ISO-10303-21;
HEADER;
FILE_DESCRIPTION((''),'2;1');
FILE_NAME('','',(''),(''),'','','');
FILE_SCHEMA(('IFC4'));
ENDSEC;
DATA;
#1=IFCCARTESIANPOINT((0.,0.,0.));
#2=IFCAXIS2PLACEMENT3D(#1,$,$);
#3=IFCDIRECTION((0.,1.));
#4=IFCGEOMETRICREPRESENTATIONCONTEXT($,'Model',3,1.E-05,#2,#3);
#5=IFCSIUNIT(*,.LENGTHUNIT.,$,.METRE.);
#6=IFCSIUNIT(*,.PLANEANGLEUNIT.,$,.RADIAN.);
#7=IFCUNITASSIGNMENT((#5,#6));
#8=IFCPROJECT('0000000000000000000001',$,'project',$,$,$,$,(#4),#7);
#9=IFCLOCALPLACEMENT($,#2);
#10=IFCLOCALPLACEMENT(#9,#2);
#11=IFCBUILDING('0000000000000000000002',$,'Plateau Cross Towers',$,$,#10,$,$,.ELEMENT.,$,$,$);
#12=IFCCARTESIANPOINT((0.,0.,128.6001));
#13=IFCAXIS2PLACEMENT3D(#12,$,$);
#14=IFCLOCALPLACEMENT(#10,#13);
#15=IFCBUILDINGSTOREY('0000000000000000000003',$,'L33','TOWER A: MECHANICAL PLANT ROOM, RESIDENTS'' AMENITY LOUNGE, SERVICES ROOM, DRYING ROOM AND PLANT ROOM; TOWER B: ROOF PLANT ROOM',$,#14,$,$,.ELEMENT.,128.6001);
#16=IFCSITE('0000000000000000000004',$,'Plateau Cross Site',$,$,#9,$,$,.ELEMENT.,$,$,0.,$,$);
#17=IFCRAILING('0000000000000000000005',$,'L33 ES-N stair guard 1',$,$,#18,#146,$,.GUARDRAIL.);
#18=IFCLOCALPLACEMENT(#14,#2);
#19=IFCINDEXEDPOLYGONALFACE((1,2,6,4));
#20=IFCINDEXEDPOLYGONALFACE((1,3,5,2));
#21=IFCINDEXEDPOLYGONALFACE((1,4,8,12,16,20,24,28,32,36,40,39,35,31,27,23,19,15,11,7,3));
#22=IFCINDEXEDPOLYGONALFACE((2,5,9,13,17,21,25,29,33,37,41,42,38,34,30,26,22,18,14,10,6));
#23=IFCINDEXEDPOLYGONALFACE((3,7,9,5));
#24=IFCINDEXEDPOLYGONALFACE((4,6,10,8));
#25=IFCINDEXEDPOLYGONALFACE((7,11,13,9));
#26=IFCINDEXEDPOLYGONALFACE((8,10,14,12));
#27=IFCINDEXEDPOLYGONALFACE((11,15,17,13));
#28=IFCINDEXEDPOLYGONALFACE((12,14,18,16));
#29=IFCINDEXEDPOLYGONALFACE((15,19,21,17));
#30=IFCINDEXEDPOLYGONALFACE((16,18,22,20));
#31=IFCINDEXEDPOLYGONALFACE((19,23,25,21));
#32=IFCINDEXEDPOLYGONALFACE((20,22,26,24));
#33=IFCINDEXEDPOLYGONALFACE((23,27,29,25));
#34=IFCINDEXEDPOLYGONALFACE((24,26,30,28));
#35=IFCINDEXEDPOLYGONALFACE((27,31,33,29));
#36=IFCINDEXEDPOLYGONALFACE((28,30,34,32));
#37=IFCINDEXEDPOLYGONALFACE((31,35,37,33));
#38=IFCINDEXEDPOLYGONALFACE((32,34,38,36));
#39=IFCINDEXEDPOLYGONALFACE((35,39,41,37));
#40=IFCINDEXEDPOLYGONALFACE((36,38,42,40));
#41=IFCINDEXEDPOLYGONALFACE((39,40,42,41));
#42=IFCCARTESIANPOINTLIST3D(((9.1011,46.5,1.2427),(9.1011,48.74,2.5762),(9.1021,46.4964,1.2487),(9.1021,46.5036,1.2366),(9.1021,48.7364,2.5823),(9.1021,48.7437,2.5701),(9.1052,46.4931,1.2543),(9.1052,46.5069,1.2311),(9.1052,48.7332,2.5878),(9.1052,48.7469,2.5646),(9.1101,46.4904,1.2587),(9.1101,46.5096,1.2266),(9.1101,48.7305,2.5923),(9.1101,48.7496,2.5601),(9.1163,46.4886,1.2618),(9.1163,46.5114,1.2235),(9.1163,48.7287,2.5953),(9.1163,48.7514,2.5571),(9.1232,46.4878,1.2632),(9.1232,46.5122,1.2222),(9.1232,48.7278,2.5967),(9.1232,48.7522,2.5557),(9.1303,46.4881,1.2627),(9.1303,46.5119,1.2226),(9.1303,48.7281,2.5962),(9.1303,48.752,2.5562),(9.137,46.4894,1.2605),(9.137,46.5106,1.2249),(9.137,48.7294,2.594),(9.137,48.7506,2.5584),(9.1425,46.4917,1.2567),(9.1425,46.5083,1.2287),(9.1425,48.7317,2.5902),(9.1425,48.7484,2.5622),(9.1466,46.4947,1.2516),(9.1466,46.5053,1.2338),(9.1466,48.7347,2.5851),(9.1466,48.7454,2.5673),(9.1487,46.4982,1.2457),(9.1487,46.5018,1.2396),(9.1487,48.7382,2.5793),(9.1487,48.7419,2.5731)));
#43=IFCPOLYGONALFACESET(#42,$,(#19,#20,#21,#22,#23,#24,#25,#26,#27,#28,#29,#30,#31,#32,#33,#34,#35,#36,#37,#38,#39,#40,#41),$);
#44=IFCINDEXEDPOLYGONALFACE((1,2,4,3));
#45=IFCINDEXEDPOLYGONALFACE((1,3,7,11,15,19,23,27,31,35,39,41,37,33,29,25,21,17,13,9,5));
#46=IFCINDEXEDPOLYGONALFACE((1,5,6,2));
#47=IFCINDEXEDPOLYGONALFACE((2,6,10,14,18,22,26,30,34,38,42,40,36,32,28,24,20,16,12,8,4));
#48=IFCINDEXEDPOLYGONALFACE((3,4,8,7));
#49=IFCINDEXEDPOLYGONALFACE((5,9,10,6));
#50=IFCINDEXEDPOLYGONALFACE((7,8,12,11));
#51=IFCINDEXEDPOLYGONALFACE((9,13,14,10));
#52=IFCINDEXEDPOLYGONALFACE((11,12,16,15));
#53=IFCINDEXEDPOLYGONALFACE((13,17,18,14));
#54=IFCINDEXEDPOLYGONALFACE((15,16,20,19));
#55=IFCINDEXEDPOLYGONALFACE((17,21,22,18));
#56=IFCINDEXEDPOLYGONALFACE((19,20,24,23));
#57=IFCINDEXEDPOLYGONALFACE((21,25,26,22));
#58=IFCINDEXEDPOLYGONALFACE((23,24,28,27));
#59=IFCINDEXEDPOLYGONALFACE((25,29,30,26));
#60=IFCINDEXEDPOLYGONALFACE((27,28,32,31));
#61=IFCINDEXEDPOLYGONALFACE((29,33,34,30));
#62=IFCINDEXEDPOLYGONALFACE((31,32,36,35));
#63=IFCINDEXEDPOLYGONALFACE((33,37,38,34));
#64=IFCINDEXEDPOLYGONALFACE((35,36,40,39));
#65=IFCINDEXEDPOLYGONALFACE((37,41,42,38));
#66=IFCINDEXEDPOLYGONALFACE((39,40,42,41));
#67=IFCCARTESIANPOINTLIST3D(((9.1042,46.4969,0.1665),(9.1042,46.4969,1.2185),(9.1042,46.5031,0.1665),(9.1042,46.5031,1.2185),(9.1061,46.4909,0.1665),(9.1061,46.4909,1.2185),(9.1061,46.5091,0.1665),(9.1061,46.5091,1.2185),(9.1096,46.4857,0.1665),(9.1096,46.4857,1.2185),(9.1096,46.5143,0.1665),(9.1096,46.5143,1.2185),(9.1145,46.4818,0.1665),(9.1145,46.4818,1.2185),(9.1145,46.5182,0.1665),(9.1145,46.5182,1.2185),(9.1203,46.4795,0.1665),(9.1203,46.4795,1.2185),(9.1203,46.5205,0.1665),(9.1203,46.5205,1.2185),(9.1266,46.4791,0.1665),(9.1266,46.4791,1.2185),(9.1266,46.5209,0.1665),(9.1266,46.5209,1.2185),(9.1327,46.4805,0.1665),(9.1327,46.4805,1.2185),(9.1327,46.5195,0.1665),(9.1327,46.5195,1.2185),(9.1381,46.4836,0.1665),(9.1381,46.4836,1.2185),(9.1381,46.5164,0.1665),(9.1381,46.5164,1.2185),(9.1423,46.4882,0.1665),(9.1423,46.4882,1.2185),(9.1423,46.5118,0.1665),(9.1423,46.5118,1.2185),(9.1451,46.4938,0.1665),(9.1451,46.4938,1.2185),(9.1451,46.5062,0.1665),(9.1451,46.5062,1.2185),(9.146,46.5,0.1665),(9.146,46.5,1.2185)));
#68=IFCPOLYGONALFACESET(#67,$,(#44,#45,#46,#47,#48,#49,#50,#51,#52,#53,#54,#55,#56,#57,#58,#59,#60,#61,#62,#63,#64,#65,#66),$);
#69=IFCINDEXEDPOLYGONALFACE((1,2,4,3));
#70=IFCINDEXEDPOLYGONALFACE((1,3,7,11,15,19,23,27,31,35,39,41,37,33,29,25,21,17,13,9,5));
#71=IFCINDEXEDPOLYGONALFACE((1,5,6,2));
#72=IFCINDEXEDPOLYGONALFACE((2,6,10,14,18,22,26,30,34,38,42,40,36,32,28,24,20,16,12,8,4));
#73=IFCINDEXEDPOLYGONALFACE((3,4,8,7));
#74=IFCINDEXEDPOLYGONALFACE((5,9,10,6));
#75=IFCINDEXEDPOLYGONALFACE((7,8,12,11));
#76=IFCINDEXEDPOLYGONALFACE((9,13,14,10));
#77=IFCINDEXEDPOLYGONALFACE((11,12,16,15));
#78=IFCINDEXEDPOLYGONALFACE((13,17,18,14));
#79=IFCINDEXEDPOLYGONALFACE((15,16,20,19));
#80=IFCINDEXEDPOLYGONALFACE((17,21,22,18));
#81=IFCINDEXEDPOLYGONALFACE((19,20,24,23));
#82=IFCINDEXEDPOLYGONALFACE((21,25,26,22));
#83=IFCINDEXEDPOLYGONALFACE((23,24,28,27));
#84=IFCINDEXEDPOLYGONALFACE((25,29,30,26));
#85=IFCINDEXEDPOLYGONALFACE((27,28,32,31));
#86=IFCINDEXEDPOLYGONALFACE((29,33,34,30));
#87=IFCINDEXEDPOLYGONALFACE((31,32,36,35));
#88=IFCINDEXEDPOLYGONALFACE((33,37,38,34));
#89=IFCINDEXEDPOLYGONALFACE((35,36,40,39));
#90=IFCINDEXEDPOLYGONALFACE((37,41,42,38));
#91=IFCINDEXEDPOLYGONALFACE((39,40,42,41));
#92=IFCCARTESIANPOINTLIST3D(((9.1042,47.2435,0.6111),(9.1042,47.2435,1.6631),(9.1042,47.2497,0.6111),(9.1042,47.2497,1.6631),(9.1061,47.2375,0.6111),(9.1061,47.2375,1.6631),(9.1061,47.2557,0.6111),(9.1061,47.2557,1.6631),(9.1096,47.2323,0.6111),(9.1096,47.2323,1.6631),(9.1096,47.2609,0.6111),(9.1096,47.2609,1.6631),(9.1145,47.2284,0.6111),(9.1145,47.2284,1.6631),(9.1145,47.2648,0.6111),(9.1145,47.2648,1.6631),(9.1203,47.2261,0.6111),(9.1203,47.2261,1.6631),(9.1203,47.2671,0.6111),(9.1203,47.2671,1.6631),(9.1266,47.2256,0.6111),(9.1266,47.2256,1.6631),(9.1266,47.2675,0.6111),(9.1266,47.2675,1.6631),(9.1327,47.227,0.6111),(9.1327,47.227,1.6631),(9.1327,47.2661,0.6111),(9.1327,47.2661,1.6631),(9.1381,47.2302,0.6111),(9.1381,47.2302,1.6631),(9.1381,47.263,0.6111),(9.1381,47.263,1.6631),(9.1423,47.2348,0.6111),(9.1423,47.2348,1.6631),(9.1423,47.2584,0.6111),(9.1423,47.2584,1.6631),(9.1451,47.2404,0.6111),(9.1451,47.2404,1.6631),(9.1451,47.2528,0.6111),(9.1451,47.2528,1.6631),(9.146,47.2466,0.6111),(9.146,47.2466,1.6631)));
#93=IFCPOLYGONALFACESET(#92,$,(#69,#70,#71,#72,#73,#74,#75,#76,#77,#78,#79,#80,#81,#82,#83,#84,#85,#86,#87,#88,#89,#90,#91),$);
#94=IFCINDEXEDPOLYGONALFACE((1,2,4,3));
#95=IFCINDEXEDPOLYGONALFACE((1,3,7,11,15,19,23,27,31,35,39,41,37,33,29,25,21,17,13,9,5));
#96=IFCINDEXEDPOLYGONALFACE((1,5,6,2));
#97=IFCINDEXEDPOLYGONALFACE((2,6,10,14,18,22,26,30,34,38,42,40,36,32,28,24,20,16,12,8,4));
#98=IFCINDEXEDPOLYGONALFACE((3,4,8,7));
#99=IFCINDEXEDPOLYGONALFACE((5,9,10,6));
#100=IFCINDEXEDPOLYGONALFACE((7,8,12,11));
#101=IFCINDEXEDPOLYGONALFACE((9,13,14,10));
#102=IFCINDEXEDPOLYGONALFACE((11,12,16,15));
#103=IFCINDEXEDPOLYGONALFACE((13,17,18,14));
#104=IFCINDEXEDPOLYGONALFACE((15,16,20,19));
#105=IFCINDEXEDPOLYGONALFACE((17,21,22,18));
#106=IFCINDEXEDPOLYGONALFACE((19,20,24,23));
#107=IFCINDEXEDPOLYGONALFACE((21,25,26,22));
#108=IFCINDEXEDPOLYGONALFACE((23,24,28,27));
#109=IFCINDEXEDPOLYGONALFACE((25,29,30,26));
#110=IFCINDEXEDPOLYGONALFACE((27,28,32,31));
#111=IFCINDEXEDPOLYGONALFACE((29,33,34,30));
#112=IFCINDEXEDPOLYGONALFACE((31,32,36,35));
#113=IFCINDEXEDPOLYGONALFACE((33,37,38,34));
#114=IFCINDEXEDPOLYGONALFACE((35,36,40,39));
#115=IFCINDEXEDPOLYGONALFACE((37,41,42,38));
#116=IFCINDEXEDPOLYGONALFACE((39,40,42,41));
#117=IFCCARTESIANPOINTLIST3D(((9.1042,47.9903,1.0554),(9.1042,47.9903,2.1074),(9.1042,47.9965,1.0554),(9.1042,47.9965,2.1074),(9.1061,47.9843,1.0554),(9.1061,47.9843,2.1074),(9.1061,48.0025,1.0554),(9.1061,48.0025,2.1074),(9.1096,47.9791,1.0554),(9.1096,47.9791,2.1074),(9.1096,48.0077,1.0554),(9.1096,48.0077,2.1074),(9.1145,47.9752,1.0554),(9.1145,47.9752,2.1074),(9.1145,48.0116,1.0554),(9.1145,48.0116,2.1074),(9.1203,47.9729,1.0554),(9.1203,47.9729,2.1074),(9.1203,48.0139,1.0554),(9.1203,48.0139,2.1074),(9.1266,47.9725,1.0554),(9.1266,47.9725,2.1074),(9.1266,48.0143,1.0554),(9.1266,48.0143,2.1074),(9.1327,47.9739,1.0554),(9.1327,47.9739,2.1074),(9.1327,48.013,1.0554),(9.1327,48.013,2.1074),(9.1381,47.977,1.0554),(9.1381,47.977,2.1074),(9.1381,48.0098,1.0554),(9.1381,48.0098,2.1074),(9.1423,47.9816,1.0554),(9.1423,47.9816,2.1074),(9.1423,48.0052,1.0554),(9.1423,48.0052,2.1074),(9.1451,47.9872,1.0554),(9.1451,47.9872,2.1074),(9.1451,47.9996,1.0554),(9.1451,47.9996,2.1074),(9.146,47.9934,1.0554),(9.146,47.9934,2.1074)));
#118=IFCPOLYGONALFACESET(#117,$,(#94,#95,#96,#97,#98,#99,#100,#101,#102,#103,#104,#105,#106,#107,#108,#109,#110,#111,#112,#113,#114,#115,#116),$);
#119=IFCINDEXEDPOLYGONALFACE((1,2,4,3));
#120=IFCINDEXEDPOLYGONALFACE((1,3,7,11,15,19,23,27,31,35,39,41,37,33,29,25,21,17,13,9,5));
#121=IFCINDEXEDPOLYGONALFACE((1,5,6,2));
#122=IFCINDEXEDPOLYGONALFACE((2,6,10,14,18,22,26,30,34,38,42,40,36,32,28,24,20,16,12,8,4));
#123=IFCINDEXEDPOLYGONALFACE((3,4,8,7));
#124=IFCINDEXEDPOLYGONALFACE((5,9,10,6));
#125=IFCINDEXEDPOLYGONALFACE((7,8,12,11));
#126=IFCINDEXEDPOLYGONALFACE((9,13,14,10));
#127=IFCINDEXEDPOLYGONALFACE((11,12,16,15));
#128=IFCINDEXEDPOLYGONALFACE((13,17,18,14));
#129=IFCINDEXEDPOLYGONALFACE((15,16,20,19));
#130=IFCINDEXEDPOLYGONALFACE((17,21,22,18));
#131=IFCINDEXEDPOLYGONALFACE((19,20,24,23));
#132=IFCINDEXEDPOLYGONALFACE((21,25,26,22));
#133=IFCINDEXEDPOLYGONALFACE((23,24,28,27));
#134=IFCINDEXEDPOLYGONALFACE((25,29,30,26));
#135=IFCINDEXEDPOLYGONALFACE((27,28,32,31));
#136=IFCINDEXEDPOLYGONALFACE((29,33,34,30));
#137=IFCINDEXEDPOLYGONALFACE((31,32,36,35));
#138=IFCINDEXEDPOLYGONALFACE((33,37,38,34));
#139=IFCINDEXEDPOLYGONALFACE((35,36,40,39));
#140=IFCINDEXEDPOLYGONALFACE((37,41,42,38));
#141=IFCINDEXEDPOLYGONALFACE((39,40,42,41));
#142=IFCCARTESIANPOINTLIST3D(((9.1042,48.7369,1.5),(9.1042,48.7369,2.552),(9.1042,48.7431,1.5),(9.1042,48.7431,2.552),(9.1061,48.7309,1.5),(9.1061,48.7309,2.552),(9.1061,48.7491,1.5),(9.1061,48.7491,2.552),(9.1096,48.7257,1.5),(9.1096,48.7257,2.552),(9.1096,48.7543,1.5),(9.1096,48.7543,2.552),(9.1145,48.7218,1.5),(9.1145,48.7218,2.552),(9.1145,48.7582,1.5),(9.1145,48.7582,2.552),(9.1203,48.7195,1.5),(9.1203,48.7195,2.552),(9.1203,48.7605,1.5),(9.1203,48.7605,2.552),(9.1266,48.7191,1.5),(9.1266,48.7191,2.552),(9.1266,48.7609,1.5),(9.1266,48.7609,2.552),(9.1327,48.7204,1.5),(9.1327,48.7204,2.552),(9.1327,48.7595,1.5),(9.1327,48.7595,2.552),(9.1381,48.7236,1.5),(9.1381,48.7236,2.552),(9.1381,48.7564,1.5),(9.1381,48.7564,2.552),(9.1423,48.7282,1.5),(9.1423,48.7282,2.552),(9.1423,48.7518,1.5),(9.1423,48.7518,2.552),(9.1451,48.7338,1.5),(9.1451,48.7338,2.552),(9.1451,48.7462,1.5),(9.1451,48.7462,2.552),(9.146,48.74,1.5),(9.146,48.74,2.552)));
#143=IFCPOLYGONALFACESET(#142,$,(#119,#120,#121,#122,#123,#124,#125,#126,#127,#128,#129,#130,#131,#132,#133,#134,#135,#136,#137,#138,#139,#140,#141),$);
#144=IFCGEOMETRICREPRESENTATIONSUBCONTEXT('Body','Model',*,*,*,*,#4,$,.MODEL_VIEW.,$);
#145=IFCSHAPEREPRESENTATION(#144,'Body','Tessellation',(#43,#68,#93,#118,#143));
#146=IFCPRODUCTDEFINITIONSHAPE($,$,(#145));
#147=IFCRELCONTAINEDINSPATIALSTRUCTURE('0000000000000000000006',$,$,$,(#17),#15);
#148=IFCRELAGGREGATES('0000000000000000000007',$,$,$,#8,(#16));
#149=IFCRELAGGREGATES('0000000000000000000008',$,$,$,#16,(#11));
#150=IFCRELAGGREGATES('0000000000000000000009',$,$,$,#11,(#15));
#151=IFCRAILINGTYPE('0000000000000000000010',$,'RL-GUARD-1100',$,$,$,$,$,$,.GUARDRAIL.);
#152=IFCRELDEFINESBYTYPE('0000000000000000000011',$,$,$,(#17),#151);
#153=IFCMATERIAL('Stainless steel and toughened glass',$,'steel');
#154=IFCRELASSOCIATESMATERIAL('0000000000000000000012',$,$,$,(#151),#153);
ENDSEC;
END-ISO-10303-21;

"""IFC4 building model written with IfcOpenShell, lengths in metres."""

from ifc_helpers import new_model, si_unit, direction, frame, origin, origin_2d, place, context, subcontext, project, spatial, circle, extrude, material, type_object, element, save


model = new_model("IFC4")

# Units and contexts
model_context = context("Model", 3, precision=1e-05, world=origin(), true_north=direction((0.0, 1.0)))
body_context = subcontext(model_context, "Body", "Model", "MODEL_VIEW")
ifc_project = project(units=[si_unit("LENGTHUNIT", "METRE"), si_unit("PLANEANGLEUNIT", "RADIAN")], contexts=[model_context])

# Site, building, storey
site_placement = place(None, origin())
site = spatial("IfcSite", under=ifc_project, at=site_placement, Name="Plateau Cross Site", CompositionType="ELEMENT", RefElevation=0.0)
building_placement = place(site_placement, origin())
building = spatial("IfcBuilding", under=site, at=building_placement, Name="Plateau Cross Towers", CompositionType="ELEMENT")
storey_placement = place(building_placement, frame((0.0, 0.0, 128.6001)))
storey = spatial("IfcBuildingStorey", under=building, at=storey_placement, Name="L33", Description="TOWER A: MECHANICAL PLANT ROOM, RESIDENTS' AMENITY LOUNGE, SERVICES ROOM, DRYING ROOM AND PLANT ROOM; TOWER B: ROOF PLANT ROOM", CompositionType="ELEMENT", Elevation=128.6001)

# Railing
ifc_material_1 = material(Name="Stainless steel and toughened glass", Category="steel")
railing_type_1 = type_object("IfcRailingType", Name="RL-GUARD-1100", PredefinedType="GUARDRAIL", material=ifc_material_1)
railing_1_placement = place(storey_placement, frame((9.125, 46.5, 0.1665)))
element("IfcRailing", 1, at=railing_1_placement, inside=storey, type_object=railing_type_1, Name="L33 ES-N stair guard 1", PredefinedType="GUARDRAIL", context=body_context, shape_type="SweptSolid", body=[
    extrude(circle(Radius=0.0239, at=origin_2d()), frame((0.0, 0.0, 1.0762), z_axis=(0.0, 0.859264, 0.511532), x_axis=(-1.0, 0.0, 0.0)), (0.0, 0.0, 1.0), 2.6069),
    extrude(circle(Radius=0.021, at=origin_2d()), origin(), (0.0, 0.0, 1.0), 1.052),
    extrude(circle(Radius=0.021, at=origin_2d()), frame((0.0, 0.7466, 0.4446)), (0.0, 0.0, 1.0), 1.052),
    extrude(circle(Radius=0.021, at=origin_2d()), frame((0.0, 1.4934, 0.8889)), (0.0, 0.0, 1.0), 1.052),
    extrude(circle(Radius=0.021, at=origin_2d()), frame((0.0, 2.24, 1.3335)), (0.0, 0.0, 1.0), 1.052),
])

save(model, "model.ifc")
